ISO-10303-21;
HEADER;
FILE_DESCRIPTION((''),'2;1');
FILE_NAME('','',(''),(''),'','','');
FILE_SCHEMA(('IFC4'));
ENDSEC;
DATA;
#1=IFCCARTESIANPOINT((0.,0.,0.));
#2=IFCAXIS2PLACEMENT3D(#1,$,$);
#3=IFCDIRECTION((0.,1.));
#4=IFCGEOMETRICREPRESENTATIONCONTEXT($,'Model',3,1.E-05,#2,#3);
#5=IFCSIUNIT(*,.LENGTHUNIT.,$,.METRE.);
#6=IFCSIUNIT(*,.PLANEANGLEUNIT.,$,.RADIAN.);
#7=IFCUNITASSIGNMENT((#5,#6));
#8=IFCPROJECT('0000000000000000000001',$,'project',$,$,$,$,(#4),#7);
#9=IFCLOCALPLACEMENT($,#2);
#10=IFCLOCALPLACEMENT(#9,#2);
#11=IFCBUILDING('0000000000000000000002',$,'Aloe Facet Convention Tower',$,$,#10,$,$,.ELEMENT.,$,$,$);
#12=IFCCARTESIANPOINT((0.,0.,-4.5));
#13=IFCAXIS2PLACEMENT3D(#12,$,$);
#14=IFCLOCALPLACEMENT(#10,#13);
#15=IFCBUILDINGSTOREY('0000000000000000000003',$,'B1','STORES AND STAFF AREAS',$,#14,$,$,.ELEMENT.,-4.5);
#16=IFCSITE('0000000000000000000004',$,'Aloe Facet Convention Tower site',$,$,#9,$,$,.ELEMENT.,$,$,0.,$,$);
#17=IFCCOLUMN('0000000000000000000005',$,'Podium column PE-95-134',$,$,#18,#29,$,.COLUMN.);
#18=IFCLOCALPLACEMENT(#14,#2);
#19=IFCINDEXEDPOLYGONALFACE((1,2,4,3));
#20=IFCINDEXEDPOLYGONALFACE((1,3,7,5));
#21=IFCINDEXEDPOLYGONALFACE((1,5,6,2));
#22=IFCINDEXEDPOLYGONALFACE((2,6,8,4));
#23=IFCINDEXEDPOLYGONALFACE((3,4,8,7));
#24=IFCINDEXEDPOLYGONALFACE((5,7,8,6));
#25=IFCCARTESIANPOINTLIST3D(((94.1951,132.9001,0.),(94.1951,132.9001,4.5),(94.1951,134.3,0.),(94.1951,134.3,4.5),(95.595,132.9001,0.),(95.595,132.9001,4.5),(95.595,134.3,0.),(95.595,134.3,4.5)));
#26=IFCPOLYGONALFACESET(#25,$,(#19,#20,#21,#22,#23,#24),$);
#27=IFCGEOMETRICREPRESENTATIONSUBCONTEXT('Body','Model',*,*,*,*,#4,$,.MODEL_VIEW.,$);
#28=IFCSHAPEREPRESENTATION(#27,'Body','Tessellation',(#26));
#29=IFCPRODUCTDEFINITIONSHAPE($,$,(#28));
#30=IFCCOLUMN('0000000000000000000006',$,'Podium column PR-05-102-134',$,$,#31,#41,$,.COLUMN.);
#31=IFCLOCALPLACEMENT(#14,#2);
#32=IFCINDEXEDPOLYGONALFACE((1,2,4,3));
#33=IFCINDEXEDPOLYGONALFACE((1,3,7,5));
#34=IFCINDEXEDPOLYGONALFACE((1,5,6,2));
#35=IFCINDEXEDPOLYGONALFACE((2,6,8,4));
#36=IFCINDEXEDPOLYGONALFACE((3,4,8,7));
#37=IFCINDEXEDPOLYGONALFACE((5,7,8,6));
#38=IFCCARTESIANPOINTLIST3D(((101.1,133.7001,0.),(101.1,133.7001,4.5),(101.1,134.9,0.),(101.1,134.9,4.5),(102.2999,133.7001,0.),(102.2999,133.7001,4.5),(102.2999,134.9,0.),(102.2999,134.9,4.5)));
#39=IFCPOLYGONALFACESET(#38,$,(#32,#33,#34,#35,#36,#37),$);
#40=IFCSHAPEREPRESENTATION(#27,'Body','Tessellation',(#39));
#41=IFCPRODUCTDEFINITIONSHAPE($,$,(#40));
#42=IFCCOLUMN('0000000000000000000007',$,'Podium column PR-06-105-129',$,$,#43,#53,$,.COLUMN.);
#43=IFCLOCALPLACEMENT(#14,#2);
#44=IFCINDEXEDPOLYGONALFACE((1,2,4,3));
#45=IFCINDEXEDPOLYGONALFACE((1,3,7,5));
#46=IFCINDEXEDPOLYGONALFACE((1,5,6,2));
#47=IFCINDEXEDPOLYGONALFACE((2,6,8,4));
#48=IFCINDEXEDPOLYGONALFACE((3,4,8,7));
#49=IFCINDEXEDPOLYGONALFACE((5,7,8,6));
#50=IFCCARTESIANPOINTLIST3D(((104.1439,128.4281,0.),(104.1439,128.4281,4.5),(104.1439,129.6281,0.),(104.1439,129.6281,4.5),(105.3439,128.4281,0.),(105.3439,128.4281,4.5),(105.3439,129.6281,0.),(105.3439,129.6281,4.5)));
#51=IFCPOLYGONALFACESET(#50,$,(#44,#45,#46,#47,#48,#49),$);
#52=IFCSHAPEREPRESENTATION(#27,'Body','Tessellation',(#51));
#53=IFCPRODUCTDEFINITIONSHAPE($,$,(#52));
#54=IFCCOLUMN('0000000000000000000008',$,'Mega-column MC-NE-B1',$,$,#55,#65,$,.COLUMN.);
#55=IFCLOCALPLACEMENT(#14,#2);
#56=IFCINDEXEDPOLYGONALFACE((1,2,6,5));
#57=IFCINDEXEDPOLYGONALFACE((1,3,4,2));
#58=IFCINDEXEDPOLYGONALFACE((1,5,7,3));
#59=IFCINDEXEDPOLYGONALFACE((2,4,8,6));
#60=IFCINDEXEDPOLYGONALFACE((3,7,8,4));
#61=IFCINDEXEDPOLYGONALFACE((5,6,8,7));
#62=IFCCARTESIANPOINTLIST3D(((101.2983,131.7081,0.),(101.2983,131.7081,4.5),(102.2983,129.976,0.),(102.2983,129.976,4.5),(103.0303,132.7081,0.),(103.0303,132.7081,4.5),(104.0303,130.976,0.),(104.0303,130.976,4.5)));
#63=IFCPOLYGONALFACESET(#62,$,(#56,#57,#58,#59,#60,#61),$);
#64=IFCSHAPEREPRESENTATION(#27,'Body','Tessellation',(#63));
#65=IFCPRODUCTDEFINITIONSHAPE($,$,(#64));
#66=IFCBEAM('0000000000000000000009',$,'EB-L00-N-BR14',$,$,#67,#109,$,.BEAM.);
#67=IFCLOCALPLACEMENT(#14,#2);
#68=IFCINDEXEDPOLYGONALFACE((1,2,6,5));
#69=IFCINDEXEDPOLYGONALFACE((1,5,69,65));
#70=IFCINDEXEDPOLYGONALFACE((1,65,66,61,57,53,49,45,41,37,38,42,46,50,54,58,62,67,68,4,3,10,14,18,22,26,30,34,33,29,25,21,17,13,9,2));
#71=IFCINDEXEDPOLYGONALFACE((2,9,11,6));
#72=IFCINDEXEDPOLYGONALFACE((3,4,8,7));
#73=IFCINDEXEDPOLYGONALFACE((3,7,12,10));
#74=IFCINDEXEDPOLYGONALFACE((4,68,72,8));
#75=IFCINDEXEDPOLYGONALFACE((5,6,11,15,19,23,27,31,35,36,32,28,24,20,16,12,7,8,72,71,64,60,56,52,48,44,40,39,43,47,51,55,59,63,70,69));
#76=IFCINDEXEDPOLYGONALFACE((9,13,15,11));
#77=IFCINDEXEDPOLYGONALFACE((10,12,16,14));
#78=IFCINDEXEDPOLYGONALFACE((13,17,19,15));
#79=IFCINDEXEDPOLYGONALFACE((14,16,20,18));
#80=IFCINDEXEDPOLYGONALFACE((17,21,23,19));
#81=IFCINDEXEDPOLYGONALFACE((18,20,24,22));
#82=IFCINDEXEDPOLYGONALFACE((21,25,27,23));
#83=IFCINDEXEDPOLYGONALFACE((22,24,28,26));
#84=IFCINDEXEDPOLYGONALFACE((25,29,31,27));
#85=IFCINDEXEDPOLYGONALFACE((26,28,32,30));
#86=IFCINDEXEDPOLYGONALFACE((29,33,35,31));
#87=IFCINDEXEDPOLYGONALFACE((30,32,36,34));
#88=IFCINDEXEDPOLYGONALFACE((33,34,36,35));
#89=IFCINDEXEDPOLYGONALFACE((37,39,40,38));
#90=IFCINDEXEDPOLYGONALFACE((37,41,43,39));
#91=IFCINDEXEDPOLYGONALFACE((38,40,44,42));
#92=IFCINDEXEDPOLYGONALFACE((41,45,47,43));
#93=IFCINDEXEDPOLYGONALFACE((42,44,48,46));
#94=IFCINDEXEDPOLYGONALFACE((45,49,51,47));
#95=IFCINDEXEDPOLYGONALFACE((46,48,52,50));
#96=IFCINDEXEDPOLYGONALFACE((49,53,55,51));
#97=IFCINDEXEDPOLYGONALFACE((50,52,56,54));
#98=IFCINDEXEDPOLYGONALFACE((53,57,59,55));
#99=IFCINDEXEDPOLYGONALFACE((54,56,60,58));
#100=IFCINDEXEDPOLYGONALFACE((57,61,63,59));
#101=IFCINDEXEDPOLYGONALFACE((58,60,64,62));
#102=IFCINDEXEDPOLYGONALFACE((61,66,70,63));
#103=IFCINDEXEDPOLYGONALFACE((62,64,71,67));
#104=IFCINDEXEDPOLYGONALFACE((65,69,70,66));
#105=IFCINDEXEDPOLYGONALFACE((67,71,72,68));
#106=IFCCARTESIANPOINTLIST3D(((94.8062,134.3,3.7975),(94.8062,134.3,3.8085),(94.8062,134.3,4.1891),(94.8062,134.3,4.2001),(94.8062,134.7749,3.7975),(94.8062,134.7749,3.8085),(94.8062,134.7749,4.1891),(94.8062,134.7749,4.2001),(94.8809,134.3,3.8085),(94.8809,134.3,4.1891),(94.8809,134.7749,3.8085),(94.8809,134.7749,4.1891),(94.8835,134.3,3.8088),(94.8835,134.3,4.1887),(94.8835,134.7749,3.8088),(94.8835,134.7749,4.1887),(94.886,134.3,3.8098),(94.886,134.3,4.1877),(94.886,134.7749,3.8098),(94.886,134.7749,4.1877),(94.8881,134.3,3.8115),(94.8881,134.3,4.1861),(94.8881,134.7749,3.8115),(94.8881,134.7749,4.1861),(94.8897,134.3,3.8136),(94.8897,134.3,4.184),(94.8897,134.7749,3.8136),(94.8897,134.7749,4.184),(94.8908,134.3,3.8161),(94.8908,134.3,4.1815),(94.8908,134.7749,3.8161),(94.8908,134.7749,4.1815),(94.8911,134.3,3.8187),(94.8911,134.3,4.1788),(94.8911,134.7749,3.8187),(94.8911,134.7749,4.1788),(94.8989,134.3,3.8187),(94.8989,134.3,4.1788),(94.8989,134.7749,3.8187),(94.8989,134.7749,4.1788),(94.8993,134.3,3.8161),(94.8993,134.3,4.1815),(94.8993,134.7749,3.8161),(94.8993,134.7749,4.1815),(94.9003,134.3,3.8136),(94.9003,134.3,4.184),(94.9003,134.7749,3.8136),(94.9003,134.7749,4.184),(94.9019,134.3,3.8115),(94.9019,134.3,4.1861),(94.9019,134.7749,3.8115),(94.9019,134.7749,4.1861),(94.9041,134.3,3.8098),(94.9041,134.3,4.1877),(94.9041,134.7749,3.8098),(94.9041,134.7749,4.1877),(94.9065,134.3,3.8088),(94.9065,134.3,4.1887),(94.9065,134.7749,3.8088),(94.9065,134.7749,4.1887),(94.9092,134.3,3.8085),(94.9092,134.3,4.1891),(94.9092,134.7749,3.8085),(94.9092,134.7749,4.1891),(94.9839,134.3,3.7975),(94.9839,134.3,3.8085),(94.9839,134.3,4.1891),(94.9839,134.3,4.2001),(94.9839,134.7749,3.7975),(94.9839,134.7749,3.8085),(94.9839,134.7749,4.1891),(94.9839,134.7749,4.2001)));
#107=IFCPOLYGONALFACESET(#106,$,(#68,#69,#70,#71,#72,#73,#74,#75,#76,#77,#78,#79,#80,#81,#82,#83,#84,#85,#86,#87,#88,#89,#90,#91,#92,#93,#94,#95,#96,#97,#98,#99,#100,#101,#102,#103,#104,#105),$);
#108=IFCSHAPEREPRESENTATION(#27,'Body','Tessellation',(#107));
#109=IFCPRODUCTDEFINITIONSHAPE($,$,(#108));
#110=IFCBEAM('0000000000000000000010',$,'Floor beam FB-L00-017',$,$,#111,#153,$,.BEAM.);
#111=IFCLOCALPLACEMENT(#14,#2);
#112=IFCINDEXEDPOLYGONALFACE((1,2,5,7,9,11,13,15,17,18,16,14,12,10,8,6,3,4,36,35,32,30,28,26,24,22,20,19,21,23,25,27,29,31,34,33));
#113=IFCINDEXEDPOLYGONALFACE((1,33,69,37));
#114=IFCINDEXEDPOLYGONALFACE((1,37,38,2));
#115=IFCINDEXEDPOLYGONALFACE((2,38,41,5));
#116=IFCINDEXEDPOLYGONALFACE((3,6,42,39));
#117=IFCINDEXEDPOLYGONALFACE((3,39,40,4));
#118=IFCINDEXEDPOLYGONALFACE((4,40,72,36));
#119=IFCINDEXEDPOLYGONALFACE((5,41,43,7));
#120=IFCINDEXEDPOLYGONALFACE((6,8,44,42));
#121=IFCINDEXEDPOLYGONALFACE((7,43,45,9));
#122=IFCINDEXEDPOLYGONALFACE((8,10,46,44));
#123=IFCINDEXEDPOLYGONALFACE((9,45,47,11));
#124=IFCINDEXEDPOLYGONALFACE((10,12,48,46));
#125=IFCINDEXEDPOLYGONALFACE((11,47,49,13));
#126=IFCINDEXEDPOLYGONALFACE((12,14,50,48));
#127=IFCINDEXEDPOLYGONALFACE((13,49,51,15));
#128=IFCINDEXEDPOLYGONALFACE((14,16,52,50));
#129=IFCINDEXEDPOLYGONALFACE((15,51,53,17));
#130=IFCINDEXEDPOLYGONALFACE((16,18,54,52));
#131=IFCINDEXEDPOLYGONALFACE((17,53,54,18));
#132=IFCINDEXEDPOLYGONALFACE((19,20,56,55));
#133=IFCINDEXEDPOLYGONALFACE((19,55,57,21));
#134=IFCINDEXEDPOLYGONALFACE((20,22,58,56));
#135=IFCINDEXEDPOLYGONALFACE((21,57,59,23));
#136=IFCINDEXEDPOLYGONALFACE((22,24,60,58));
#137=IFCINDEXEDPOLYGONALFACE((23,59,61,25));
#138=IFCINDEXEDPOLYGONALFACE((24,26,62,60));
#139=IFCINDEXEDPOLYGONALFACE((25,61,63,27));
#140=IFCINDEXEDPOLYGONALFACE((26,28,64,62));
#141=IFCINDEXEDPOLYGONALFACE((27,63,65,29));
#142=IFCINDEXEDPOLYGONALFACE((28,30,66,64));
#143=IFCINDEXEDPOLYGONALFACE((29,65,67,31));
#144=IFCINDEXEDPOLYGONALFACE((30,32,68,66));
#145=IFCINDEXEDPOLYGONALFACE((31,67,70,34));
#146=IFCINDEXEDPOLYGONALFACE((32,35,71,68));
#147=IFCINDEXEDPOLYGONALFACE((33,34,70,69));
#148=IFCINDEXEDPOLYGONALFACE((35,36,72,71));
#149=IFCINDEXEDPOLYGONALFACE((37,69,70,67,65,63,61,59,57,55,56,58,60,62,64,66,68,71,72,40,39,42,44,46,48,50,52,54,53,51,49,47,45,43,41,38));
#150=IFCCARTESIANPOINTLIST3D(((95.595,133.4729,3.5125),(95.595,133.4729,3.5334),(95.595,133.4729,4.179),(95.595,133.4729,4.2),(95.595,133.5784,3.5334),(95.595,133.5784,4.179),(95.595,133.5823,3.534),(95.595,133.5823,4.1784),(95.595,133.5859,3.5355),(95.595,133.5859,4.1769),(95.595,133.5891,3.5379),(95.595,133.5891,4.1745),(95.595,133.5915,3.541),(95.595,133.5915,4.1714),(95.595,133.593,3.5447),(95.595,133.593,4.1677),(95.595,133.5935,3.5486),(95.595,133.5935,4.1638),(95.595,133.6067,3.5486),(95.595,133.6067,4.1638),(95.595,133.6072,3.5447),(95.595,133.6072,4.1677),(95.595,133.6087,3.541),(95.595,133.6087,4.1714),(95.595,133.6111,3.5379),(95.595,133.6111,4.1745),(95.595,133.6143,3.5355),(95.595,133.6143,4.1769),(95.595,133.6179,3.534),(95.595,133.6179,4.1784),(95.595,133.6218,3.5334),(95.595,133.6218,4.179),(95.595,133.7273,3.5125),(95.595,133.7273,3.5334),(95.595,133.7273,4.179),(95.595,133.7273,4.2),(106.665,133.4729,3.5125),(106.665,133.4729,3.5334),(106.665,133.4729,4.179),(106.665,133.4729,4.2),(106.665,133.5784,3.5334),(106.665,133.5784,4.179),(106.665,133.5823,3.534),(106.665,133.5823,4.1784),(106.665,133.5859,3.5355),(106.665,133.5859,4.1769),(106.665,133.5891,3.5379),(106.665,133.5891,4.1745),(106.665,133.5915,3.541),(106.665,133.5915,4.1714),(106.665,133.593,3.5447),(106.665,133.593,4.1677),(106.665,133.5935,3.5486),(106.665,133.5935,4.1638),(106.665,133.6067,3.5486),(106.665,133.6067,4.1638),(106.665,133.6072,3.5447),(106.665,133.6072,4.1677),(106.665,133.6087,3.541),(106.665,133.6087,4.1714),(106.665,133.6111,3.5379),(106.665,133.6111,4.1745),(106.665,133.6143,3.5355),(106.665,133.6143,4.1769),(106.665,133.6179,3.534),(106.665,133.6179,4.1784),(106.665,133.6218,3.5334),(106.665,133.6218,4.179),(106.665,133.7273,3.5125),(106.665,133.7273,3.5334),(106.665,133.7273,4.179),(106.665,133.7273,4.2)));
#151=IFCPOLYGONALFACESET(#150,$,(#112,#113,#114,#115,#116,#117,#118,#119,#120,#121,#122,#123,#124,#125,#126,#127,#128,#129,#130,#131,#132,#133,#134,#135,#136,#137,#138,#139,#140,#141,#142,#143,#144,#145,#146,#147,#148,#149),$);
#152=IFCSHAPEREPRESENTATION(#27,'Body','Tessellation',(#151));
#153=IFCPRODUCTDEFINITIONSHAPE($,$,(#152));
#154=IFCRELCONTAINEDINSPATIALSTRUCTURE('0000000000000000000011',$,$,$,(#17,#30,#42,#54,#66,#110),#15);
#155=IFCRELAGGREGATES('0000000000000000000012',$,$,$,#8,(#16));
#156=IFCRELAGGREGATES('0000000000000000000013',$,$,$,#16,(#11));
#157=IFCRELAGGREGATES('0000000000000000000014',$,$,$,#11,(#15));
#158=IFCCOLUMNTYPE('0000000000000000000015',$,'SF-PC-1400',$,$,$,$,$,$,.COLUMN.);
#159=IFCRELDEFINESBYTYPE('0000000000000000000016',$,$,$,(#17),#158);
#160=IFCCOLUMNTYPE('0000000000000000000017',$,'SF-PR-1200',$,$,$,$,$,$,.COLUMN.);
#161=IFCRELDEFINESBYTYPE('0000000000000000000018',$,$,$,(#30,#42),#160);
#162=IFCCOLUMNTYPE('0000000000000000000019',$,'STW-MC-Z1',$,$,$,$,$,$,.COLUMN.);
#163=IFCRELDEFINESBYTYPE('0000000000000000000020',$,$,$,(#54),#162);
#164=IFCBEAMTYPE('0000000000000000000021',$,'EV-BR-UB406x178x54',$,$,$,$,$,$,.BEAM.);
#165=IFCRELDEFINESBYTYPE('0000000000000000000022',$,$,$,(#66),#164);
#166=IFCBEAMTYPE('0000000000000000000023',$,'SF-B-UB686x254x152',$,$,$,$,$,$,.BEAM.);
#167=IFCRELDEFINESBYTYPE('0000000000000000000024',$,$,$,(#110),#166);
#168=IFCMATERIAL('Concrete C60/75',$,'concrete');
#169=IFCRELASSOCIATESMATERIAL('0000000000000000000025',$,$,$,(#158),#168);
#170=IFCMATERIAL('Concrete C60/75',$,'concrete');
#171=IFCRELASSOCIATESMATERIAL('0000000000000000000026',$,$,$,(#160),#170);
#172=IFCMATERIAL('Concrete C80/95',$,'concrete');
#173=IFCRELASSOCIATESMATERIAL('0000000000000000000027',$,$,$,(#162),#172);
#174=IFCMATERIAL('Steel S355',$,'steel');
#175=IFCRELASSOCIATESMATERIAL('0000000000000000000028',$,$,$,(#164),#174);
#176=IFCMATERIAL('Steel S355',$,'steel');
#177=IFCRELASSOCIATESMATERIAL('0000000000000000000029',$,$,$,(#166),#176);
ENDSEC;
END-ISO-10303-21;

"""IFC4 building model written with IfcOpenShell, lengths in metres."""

from ifc_helpers import new_model, si_unit, direction, frame, origin, origin_2d, place, context, subcontext, project, spatial, rectangle, i_section, extrude, material, material_profile, profile_set, type_object, element, save


model = new_model("IFC4")

# Units and contexts
model_context = context("Model", 3, precision=1e-05, world=origin(), true_north=direction((0.0, 1.0)))
body_context = subcontext(model_context, "Body", "Model", "MODEL_VIEW")
ifc_project = project(units=[si_unit("LENGTHUNIT", "METRE"), si_unit("PLANEANGLEUNIT", "RADIAN")], contexts=[model_context])

# Site, building, storey
site_placement = place(None, origin())
site = spatial("IfcSite", under=ifc_project, at=site_placement, Name="Aloe Facet Convention Tower site", CompositionType="ELEMENT", RefElevation=0.0)
building_placement = place(site_placement, origin())
building = spatial("IfcBuilding", under=site, at=building_placement, Name="Aloe Facet Convention Tower", CompositionType="ELEMENT")
storey_placement = place(building_placement, frame((0.0, 0.0, -4.5)))
storey = spatial("IfcBuildingStorey", under=building, at=storey_placement, Name="B1", Description="STORES AND STAFF AREAS", CompositionType="ELEMENT", Elevation=-4.5)

# Columns
ifc_material_1 = material(Name="Concrete C60/75", Category="concrete")
ifc_material_profile_1 = material_profile(ifc_material_1, rectangle(XDim=1.3999, YDim=1.3999, at=origin_2d()), Name="SF-PC-1400")
ifc_profile_set_1 = profile_set([ifc_material_profile_1], Name="Concrete C60/75")
column_type_1 = type_object("IfcColumnType", Name="SF-PC-1400", PredefinedType="COLUMN", material=ifc_profile_set_1)
column_1_placement = place(storey_placement, frame((94.895, 133.6001, 0.0), z_axis=(0.0, 0.0, 1.0), x_axis=(1.0, 0.0, 0.0)))
element("IfcColumn", 1, at=column_1_placement, inside=storey, type_object=column_type_1, Name="Podium column PE-95-134", PredefinedType="COLUMN", context=body_context, shape_type="SweptSolid", body=[
    extrude(rectangle(XDim=1.3999, YDim=1.3999, at=origin_2d()), origin(), (0.0, 0.0, 1.0), 4.5),
])
ifc_material_2 = material(Name="Concrete C60/75", Category="concrete")
ifc_material_profile_2 = material_profile(ifc_material_2, rectangle(XDim=1.2, YDim=1.2, at=origin_2d()), Name="SF-PR-1200")
ifc_profile_set_2 = profile_set([ifc_material_profile_2], Name="Concrete C60/75")
column_type_2 = type_object("IfcColumnType", Name="SF-PR-1200", PredefinedType="COLUMN", material=ifc_profile_set_2)
for number, where, z_axis, x_axis, name in (
    (2, (101.7, 134.3, 0.0), (0.0, 0.0, 1.0), (1.0, 0.0, 0.0), "Podium column PR-05-102-134"),
    (3, (104.7439, 129.0281, 0.0), (0.0, 0.0, 1.0), (1.0, 0.0, 0.0), "Podium column PR-06-105-129"),
):
    element("IfcColumn", number, at=place(storey_placement, frame(where, z_axis=z_axis, x_axis=x_axis)), inside=storey, type_object=column_type_2, Name=name, PredefinedType="COLUMN", context=body_context, shape_type="SweptSolid", body=[
        extrude(rectangle(XDim=1.2, YDim=1.2, at=origin_2d()), origin(), (0.0, 0.0, 1.0), 4.5),
    ])
ifc_material_3 = material(Name="Concrete C80/95", Category="concrete")
ifc_material_profile_3 = material_profile(ifc_material_3, rectangle(XDim=2.0, YDim=2.0, at=origin_2d()), Name="STW-MC-Z1")
ifc_profile_set_3 = profile_set([ifc_material_profile_3], Name="Concrete C80/95")
column_type_3 = type_object("IfcColumnType", Name="STW-MC-Z1", PredefinedType="COLUMN", material=ifc_profile_set_3)
column_2_placement = place(storey_placement, frame((102.6643, 131.342, 0.0), z_axis=(0.0, 0.0, 1.0), x_axis=(-0.5, 0.866025, 0.0)))
element("IfcColumn", 4, at=column_2_placement, inside=storey, type_object=column_type_3, Name="Mega-column MC-NE-B1", PredefinedType="COLUMN", context=body_context, shape_type="SweptSolid", body=[
    extrude(rectangle(XDim=2.0, YDim=2.0, at=origin_2d()), origin(), (0.0, 0.0, 1.0), 4.5),
])

# Beams
ifc_material_4 = material(Name="Steel S355", Category="steel")
ifc_material_profile_4 = material_profile(ifc_material_4, i_section(OverallWidth=0.1777, OverallDepth=0.4026, WebThickness=0.0078, FlangeThickness=0.011, FilletRadius=0.0103, at=origin_2d()), Name="UB 406x178x54")
ifc_profile_set_4 = profile_set([ifc_material_profile_4], Name="Steel S355")
beam_type_1 = type_object("IfcBeamType", Name="EV-BR-UB406x178x54", PredefinedType="BEAM", material=ifc_profile_set_4)
beam_1_placement = place(storey_placement, frame((94.895, 134.3, 3.9988), z_axis=(0.0, 1.0, 0.0), x_axis=(-1.0, 0.0, 0.0)))
element("IfcBeam", 5, at=beam_1_placement, inside=storey, type_object=beam_type_1, Name="EB-L00-N-BR14", PredefinedType="BEAM", context=body_context, shape_type="SweptSolid", body=[
    extrude(i_section(OverallWidth=0.1777, OverallDepth=0.4026, WebThickness=0.0078, FlangeThickness=0.011, FilletRadius=0.0103, at=origin_2d()), origin(), (0.0, 0.0, 1.0), 0.4749),
])
ifc_material_5 = material(Name="Steel S355", Category="steel")
ifc_material_profile_5 = material_profile(ifc_material_5, i_section(OverallWidth=0.2544, OverallDepth=0.6875, WebThickness=0.0132, FlangeThickness=0.021, FilletRadius=0.0151, at=origin_2d()), Name="UB 686x254x152")
ifc_profile_set_5 = profile_set([ifc_material_profile_5], Name="Steel S355")
beam_type_2 = type_object("IfcBeamType", Name="SF-B-UB686x254x152", PredefinedType="BEAM", material=ifc_profile_set_5)
beam_2_placement = place(storey_placement, frame((95.595, 133.6001, 3.8562), z_axis=(1.0, 0.0, 0.0), x_axis=(0.0, 1.0, 0.0)))
element("IfcBeam", 6, at=beam_2_placement, inside=storey, type_object=beam_type_2, Name="Floor beam FB-L00-017", PredefinedType="BEAM", context=body_context, shape_type="SweptSolid", body=[
    extrude(i_section(OverallWidth=0.2544, OverallDepth=0.6875, WebThickness=0.0132, FlangeThickness=0.021, FilletRadius=0.0151, at=origin_2d()), origin(), (0.0, 0.0, 1.0), 11.0701),
])

save(model, "model.ifc")
